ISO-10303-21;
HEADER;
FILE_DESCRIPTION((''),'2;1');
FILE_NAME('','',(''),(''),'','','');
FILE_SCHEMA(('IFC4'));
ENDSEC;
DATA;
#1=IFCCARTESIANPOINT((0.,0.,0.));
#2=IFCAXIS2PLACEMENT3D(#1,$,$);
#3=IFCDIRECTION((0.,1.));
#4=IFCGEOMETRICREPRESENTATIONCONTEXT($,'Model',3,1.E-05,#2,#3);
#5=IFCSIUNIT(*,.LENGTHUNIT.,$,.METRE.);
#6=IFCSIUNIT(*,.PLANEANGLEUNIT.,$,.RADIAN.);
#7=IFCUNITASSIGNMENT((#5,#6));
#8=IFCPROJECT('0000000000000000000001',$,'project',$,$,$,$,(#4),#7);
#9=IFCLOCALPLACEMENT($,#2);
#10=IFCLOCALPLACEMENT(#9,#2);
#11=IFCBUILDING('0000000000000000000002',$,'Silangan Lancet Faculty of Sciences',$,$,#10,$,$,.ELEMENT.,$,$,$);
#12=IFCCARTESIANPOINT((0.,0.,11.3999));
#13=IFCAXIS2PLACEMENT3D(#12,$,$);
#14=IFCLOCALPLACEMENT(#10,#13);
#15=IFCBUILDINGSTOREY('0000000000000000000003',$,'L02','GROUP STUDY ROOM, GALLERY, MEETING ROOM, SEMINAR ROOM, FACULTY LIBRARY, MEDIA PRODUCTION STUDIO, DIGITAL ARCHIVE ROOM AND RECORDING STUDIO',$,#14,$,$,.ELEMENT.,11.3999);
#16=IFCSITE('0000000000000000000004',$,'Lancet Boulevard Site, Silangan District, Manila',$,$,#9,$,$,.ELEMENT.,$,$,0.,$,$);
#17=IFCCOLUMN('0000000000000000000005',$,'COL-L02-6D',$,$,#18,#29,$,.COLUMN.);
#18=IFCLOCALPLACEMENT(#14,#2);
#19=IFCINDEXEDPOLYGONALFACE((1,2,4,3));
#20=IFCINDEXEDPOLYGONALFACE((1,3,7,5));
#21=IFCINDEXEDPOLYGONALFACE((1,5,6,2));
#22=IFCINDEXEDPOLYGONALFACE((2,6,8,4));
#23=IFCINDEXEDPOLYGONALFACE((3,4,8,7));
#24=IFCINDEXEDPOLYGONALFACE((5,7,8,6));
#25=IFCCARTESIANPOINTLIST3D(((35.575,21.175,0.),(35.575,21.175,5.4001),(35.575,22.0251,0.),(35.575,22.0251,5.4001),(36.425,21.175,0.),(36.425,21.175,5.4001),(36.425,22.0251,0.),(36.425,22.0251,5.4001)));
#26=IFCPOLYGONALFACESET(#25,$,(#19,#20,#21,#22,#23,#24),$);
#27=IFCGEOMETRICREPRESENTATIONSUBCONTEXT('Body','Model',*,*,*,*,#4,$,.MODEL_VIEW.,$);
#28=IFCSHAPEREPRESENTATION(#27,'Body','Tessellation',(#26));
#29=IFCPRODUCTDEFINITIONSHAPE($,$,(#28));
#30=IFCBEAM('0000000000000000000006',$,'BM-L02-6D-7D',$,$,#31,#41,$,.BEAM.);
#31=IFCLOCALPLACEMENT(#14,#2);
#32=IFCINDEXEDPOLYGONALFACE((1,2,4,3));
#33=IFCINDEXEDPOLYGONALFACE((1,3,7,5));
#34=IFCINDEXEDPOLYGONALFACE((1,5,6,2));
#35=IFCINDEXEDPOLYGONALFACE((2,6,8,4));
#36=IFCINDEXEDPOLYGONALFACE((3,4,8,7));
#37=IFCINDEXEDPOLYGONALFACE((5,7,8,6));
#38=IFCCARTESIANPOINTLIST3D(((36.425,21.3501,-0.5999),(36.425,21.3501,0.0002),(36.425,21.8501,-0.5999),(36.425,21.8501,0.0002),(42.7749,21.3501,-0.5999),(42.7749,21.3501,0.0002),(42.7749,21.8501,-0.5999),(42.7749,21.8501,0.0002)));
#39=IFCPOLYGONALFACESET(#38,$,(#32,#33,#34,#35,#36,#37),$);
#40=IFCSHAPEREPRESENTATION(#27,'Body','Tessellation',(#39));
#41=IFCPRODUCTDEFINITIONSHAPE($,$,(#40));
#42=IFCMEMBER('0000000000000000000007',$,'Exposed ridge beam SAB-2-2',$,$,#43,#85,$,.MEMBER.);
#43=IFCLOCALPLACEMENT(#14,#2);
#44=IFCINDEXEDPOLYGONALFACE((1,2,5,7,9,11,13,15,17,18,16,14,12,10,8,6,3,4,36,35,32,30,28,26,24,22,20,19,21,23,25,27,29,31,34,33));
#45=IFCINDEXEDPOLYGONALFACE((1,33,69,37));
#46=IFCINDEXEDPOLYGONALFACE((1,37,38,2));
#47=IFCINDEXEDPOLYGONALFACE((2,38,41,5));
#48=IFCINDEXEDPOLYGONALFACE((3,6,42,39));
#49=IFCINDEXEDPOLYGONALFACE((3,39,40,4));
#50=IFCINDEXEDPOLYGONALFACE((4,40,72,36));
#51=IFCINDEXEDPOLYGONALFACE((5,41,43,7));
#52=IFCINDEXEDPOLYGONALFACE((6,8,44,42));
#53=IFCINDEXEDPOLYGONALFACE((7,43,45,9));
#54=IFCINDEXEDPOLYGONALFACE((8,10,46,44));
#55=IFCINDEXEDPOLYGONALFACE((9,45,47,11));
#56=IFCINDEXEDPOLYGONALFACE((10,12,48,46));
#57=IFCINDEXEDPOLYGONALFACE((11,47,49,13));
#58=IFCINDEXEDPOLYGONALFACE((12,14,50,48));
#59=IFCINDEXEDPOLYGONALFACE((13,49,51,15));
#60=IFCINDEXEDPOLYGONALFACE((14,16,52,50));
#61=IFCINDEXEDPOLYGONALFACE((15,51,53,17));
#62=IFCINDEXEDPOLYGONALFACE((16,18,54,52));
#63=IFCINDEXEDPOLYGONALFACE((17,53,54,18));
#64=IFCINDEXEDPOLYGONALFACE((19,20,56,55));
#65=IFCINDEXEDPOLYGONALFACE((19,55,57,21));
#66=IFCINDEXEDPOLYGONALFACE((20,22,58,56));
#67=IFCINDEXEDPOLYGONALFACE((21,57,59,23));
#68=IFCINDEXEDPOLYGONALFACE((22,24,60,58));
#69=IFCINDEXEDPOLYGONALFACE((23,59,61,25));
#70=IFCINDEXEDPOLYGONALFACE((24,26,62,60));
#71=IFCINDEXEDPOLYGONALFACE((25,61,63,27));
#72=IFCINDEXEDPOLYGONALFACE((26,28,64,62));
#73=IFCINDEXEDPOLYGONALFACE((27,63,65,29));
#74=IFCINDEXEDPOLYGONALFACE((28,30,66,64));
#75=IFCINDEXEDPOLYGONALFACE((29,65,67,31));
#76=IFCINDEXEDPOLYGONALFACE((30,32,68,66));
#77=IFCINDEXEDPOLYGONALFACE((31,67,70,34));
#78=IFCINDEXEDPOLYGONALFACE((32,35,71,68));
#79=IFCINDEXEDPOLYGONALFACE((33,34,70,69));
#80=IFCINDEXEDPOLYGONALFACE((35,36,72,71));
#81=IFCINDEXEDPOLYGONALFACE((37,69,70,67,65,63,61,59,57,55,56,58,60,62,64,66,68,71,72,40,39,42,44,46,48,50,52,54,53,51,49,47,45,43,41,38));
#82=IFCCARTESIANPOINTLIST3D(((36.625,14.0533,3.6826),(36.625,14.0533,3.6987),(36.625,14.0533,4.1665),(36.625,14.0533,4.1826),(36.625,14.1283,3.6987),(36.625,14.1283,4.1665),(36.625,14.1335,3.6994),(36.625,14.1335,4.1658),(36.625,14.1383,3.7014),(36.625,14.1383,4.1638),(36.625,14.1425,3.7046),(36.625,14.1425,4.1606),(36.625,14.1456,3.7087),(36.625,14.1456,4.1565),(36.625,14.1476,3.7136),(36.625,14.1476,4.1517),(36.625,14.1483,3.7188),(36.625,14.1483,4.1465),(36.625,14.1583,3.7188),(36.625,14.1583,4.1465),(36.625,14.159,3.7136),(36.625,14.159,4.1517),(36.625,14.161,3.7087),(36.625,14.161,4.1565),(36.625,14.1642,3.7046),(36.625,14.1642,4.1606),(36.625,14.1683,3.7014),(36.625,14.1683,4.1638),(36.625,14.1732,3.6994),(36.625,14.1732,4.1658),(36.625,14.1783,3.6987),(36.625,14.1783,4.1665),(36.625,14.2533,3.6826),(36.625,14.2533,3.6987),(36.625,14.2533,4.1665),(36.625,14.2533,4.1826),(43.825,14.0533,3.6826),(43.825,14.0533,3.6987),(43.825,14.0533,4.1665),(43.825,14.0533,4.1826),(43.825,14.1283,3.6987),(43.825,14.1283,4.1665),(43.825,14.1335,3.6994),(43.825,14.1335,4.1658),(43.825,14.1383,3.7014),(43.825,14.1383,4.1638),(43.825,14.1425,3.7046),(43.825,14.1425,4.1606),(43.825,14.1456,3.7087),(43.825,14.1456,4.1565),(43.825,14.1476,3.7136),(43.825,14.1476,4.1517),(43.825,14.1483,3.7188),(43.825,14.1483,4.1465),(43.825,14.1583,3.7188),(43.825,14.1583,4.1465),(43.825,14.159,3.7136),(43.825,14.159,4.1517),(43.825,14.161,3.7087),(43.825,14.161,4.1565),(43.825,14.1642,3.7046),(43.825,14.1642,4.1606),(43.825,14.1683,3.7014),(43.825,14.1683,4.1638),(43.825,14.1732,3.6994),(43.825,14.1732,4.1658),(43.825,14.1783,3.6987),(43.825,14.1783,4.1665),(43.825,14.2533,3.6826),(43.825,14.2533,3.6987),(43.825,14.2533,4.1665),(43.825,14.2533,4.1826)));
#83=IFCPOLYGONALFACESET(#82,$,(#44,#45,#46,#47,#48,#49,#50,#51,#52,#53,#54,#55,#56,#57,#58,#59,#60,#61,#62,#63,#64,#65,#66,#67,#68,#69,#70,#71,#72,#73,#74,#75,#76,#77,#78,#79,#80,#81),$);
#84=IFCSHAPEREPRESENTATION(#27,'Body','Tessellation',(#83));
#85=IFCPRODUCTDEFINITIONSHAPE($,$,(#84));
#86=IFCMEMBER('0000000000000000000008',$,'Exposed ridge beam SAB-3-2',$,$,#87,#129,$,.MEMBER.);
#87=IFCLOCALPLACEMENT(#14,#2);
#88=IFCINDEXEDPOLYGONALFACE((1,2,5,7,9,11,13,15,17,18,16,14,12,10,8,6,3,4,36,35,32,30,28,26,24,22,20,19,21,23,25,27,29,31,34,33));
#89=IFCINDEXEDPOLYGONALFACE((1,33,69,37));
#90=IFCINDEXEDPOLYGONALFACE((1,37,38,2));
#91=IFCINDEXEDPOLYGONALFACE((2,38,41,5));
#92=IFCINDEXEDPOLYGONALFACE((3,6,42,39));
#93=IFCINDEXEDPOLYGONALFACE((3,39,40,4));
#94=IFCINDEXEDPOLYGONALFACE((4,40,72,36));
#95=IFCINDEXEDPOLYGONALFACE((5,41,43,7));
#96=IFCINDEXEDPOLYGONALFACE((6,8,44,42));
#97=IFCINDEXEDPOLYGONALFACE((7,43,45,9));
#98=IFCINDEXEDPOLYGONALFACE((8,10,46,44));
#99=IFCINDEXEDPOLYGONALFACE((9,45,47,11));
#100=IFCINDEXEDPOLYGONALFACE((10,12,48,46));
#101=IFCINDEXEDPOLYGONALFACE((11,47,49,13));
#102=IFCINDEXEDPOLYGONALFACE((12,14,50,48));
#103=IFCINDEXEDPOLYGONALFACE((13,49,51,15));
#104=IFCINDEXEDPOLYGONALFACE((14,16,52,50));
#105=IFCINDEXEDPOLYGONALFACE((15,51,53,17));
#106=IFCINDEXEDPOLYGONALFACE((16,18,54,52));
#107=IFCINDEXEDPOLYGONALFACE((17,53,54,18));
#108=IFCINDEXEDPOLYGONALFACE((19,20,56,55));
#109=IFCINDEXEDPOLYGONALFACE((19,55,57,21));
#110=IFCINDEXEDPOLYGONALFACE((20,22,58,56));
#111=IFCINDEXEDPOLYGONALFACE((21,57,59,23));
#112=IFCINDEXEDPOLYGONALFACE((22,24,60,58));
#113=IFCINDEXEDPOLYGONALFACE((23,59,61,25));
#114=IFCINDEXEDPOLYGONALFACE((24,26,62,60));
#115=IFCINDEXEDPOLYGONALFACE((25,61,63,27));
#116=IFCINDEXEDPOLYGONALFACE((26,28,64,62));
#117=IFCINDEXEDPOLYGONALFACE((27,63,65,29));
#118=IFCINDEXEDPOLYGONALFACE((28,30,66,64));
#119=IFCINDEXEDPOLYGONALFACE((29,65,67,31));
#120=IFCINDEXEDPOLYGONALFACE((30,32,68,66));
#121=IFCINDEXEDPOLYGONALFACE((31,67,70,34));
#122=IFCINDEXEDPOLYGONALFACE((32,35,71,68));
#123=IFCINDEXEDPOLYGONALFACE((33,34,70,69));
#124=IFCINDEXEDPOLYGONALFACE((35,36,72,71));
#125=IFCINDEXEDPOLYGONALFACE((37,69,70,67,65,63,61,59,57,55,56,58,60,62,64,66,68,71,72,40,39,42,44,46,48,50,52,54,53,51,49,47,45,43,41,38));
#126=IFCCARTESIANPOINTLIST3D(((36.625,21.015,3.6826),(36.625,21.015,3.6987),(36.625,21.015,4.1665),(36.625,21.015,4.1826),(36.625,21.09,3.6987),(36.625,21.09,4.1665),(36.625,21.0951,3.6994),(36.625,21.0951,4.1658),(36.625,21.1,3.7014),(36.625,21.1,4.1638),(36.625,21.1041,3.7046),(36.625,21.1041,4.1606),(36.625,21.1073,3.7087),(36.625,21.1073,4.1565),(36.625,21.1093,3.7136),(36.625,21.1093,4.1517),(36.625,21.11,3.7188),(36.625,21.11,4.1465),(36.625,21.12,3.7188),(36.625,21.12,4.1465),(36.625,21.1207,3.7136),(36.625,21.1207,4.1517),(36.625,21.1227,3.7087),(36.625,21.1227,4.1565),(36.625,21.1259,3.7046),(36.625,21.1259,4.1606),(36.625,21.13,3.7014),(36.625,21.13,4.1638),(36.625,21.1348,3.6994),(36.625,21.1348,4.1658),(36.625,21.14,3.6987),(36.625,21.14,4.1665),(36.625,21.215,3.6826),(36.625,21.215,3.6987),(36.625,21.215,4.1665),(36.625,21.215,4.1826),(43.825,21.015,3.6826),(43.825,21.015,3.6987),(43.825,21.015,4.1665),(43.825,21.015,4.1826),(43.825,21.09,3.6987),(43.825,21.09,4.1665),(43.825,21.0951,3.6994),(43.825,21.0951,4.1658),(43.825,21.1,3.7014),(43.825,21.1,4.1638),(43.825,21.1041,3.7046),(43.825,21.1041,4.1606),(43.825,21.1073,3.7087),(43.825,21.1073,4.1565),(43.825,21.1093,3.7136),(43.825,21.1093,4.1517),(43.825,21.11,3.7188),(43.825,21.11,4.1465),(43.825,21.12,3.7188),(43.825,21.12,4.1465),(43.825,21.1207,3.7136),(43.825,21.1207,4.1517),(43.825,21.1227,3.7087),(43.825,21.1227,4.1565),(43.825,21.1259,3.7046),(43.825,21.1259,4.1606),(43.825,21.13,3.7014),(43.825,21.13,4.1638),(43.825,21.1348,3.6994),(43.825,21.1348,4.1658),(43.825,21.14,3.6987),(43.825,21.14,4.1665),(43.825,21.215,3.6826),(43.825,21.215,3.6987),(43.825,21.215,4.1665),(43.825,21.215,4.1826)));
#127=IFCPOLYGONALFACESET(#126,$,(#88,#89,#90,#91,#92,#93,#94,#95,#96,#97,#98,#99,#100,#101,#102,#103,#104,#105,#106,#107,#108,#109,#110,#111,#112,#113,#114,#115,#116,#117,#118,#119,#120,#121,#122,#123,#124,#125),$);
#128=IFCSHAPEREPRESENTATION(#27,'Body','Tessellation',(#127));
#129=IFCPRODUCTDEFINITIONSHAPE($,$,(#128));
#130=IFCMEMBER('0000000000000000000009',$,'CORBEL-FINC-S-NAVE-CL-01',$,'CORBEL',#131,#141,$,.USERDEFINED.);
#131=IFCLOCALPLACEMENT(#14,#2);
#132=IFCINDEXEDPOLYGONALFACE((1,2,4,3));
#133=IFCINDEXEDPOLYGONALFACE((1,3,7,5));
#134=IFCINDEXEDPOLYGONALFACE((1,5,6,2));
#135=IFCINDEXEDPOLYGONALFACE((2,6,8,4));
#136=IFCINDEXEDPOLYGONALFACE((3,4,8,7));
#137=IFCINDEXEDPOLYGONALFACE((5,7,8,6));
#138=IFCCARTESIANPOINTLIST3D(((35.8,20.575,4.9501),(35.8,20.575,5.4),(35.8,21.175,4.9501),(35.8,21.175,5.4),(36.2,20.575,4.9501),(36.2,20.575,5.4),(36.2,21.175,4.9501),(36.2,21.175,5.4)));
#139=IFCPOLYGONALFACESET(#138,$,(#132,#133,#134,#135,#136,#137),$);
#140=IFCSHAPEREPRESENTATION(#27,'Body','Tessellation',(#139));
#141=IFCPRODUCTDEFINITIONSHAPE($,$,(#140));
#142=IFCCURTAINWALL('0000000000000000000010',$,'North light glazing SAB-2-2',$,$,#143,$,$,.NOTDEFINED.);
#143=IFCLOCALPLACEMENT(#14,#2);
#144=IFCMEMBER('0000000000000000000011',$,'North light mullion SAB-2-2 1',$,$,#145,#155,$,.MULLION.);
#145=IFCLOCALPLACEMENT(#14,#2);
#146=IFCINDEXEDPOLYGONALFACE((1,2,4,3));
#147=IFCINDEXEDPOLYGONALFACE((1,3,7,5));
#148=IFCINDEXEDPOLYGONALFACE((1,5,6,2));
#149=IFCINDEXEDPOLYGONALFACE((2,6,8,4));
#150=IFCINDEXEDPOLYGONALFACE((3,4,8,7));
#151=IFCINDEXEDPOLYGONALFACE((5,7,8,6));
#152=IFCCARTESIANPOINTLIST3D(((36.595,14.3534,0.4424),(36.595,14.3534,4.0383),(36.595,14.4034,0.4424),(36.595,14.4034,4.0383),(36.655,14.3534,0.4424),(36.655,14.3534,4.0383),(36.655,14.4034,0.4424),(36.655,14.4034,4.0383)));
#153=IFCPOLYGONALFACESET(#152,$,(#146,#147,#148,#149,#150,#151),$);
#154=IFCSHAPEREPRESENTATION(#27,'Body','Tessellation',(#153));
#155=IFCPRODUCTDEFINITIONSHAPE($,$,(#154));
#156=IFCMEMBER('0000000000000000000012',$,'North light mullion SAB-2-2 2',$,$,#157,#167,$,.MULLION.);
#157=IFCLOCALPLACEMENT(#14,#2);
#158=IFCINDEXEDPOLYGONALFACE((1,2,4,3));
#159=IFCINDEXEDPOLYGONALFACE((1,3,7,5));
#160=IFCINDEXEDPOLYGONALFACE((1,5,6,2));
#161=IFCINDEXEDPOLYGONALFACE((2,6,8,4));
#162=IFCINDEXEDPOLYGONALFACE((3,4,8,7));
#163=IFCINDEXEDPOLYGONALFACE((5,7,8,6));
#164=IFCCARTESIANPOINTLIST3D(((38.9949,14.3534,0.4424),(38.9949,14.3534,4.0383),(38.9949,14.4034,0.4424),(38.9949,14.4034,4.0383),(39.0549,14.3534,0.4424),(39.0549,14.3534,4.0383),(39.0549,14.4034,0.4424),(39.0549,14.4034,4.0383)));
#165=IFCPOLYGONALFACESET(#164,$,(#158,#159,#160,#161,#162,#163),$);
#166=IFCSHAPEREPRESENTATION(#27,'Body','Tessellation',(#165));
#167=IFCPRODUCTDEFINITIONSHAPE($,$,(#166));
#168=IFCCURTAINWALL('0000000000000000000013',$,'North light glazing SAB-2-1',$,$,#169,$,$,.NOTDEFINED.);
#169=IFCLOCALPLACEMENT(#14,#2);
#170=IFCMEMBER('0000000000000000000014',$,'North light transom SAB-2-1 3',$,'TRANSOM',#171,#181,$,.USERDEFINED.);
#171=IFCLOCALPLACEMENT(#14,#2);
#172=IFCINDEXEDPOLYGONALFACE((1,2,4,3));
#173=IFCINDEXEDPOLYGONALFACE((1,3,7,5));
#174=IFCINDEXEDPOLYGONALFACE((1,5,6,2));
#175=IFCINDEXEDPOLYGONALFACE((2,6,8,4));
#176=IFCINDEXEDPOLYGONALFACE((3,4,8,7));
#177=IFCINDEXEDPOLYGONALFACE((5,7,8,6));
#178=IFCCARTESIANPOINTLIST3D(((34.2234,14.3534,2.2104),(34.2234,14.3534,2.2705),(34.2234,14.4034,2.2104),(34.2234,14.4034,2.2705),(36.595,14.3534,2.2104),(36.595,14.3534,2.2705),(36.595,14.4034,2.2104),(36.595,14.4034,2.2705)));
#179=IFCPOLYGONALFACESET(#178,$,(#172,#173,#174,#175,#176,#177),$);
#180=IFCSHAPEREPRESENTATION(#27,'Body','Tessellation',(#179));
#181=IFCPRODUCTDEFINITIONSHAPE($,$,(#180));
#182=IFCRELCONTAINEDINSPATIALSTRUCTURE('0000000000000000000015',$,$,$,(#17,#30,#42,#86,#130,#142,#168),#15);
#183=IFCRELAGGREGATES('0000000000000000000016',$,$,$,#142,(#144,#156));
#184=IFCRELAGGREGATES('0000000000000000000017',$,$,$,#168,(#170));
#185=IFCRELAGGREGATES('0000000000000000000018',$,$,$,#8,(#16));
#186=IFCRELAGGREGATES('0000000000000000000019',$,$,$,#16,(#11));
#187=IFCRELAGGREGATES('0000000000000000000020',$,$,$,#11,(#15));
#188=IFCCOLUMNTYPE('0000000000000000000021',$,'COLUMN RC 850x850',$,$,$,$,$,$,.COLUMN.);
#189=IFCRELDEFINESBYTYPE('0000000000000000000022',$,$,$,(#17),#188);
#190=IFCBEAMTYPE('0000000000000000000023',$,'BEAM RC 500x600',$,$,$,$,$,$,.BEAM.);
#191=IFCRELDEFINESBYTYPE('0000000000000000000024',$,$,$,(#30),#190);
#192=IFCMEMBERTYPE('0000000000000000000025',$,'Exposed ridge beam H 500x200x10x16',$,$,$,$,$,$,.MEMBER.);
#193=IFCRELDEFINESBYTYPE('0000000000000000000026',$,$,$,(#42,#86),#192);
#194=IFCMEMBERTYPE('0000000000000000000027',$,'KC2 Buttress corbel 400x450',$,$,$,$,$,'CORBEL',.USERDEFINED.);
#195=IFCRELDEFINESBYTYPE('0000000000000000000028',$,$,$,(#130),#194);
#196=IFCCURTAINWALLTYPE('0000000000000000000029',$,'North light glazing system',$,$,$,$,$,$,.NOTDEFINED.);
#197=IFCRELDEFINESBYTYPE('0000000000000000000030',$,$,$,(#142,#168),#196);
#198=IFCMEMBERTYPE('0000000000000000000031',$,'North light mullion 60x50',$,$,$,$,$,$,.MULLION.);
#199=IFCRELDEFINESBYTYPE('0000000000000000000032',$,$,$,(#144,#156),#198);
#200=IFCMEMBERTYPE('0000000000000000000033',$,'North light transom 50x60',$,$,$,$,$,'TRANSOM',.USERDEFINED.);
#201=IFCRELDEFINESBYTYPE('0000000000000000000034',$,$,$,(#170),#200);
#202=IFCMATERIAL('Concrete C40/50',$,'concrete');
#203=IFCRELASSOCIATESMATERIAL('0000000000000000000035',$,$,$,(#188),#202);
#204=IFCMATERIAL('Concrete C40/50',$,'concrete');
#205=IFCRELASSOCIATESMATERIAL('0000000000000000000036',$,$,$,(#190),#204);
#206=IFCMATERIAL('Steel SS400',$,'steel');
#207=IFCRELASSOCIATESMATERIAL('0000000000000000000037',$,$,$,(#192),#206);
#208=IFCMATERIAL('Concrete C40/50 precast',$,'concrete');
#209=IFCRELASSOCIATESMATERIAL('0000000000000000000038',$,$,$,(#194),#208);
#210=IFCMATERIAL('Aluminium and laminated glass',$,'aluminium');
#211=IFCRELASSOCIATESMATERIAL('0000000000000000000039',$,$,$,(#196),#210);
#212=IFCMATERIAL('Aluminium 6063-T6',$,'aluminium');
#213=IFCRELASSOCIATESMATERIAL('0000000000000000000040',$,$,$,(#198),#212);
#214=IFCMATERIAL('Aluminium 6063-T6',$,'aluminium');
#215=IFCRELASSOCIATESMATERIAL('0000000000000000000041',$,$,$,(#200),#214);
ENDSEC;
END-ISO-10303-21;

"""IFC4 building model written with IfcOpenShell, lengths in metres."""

from ifc_helpers import new_model, si_unit, direction, frame, origin, origin_2d, place, context, subcontext, project, spatial, rectangle, i_section, extrude, material, material_profile, profile_set, type_object, element, aggregate, save


model = new_model("IFC4")

# Units and contexts
model_context = context("Model", 3, precision=1e-05, world=origin(), true_north=direction((0.0, 1.0)))
body_context = subcontext(model_context, "Body", "Model", "MODEL_VIEW")
ifc_project = project(units=[si_unit("LENGTHUNIT", "METRE"), si_unit("PLANEANGLEUNIT", "RADIAN")], contexts=[model_context])

# Site, building, storey
site_placement = place(None, origin())
site = spatial("IfcSite", under=ifc_project, at=site_placement, Name="Lancet Boulevard Site, Silangan District, Manila", CompositionType="ELEMENT", RefElevation=0.0)
building_placement = place(site_placement, origin())
building = spatial("IfcBuilding", under=site, at=building_placement, Name="Silangan Lancet Faculty of Sciences", CompositionType="ELEMENT")
storey_placement = place(building_placement, frame((0.0, 0.0, 11.3999)))
storey = spatial("IfcBuildingStorey", under=building, at=storey_placement, Name="L02", Description="GROUP STUDY ROOM, GALLERY, MEETING ROOM, SEMINAR ROOM, FACULTY LIBRARY, MEDIA PRODUCTION STUDIO, DIGITAL ARCHIVE ROOM AND RECORDING STUDIO", CompositionType="ELEMENT", Elevation=11.3999)

# Column
ifc_material_1 = material(Name="Concrete C40/50", Category="concrete")
ifc_material_profile_1 = material_profile(ifc_material_1, rectangle(XDim=0.8501, YDim=0.8501, at=origin_2d()), Name="RC 850x850")
ifc_profile_set_1 = profile_set([ifc_material_profile_1], Name="Concrete C40/50")
column_type = type_object("IfcColumnType", Name="COLUMN RC 850x850", PredefinedType="COLUMN", material=ifc_profile_set_1)
column_placement = place(storey_placement, frame((36.0, 21.6001, 0.0), z_axis=(0.0, 0.0, 1.0), x_axis=(1.0, 0.0, 0.0)))
element("IfcColumn", 1, at=column_placement, inside=storey, type_object=column_type, Name="COL-L02-6D", PredefinedType="COLUMN", context=body_context, shape_type="SweptSolid", body=[
    extrude(rectangle(XDim=0.8501, YDim=0.8501, at=origin_2d()), origin(), (0.0, 0.0, 1.0), 5.4001),
])

# Beam
ifc_material_2 = material(Name="Concrete C40/50", Category="concrete")
ifc_material_profile_2 = material_profile(ifc_material_2, rectangle(XDim=0.5, YDim=0.6001, at=origin_2d()), Name="RC 500x600")
ifc_profile_set_2 = profile_set([ifc_material_profile_2], Name="Concrete C40/50")
beam_type = type_object("IfcBeamType", Name="BEAM RC 500x600", PredefinedType="BEAM", material=ifc_profile_set_2)
beam_placement = place(storey_placement, frame((36.425, 21.6001, -0.2998), z_axis=(1.0, 0.0, 0.0), x_axis=(0.0, 1.0, 0.0)))
element("IfcBeam", 2, at=beam_placement, inside=storey, type_object=beam_type, Name="BM-L02-6D-7D", PredefinedType="BEAM", context=body_context, shape_type="SweptSolid", body=[
    extrude(rectangle(XDim=0.5, YDim=0.6001, at=origin_2d()), origin(), (0.0, 0.0, 1.0), 6.3499),
])

# Members
ifc_material_3 = material(Name="Steel SS400", Category="steel")
ifc_material_profile_3 = material_profile(ifc_material_3, i_section(OverallWidth=0.2, OverallDepth=0.5, WebThickness=0.01, FlangeThickness=0.0161, FilletRadius=0.02, at=origin_2d()), Name="H 500x200x10x16")
ifc_profile_set_3 = profile_set([ifc_material_profile_3], Name="Steel SS400")
member_type_1 = type_object("IfcMemberType", Name="Exposed ridge beam H 500x200x10x16", PredefinedType="MEMBER", material=ifc_profile_set_3)
for number, where, z_axis, x_axis, name in (
    (3, (36.625, 14.1533, 3.9326), (1.0, 0.0, 0.0), (0.0, 1.0, 0.0), "Exposed ridge beam SAB-2-2"),
    (4, (36.625, 21.115, 3.9326), (1.0, 0.0, 0.0), (0.0, 1.0, 0.0), "Exposed ridge beam SAB-3-2"),
):
    element("IfcMember", number, at=place(storey_placement, frame(where, z_axis=z_axis, x_axis=x_axis)), inside=storey, type_object=member_type_1, Name=name, PredefinedType="MEMBER", context=body_context, shape_type="SweptSolid", body=[
        extrude(i_section(OverallWidth=0.2, OverallDepth=0.5, WebThickness=0.01, FlangeThickness=0.0161, FilletRadius=0.02, at=origin_2d()), origin(), (0.0, 0.0, 1.0), 7.2),
    ])
ifc_material_4 = material(Name="Concrete C40/50 precast", Category="concrete")
ifc_material_profile_4 = material_profile(ifc_material_4, rectangle(XDim=0.3999, YDim=0.45, at=origin_2d()), Name="RC 400x450")
ifc_profile_set_4 = profile_set([ifc_material_profile_4], Name="Concrete C40/50 precast")
member_type_2 = type_object("IfcMemberType", Name="KC2 Buttress corbel 400x450", ElementType="CORBEL", PredefinedType="USERDEFINED", material=ifc_profile_set_4)
member_1_placement = place(storey_placement, frame((36.0, 21.175, 5.175), z_axis=(0.0, -1.0, 0.0), x_axis=(1.0, 0.0, 0.0)))
element("IfcMember", 5, at=member_1_placement, inside=storey, type_object=member_type_2, Name="CORBEL-FINC-S-NAVE-CL-01", ObjectType="CORBEL", PredefinedType="USERDEFINED", context=body_context, shape_type="SweptSolid", body=[
    extrude(rectangle(XDim=0.3999, YDim=0.45, at=origin_2d()), origin(), (0.0, 0.0, 1.0), 0.6001),
])

# Curtain wall, members
ifc_material_5 = material(Name="Aluminium and laminated glass", Category="aluminium")
curtain_wall_type = type_object("IfcCurtainWallType", Name="North light glazing system", PredefinedType="NOTDEFINED", material=ifc_material_5)
curtain_wall_1_placement = place(storey_placement, origin())
curtain_wall_1 = element("IfcCurtainWall", 6, at=curtain_wall_1_placement, inside=storey, type_object=curtain_wall_type, Name="North light glazing SAB-2-2", PredefinedType="NOTDEFINED")
ifc_material_6 = material(Name="Aluminium 6063-T6", Category="aluminium")
ifc_material_profile_5 = material_profile(ifc_material_6, rectangle(XDim=0.0601, YDim=0.05, at=origin_2d()), Name="AL 60x50")
ifc_profile_set_5 = profile_set([ifc_material_profile_5], Name="Aluminium 6063-T6")
member_type_3 = type_object("IfcMemberType", Name="North light mullion 60x50", PredefinedType="MULLION", material=ifc_profile_set_5)
member_2_placement = place(storey_placement, frame((36.625, 14.3784, 0.4424), z_axis=(0.0, 0.0, 1.0), x_axis=(1.0, 0.0, 0.0)))
member_2 = element("IfcMember", 7, at=member_2_placement, type_object=member_type_3, Name="North light mullion SAB-2-2 1", PredefinedType="MULLION", context=body_context, shape_type="SweptSolid", body=[
    extrude(rectangle(XDim=0.0601, YDim=0.05, at=origin_2d()), origin(), (0.0, 0.0, 1.0), 3.5959),
])
member_3_placement = place(storey_placement, frame((39.0249, 14.3784, 0.4424), z_axis=(0.0, 0.0, 1.0), x_axis=(1.0, 0.0, 0.0)))
member_3 = element("IfcMember", 8, at=member_3_placement, type_object=member_type_3, Name="North light mullion SAB-2-2 2", PredefinedType="MULLION", context=body_context, shape_type="SweptSolid", body=[
    extrude(rectangle(XDim=0.0601, YDim=0.05, at=origin_2d()), origin(), (0.0, 0.0, 1.0), 3.5959),
])

# Curtain wall, member
curtain_wall_2_placement = place(storey_placement, origin())
curtain_wall_2 = element("IfcCurtainWall", 9, at=curtain_wall_2_placement, inside=storey, type_object=curtain_wall_type, Name="North light glazing SAB-2-1", PredefinedType="NOTDEFINED")
ifc_material_7 = material(Name="Aluminium 6063-T6", Category="aluminium")
ifc_material_profile_6 = material_profile(ifc_material_7, rectangle(XDim=0.05, YDim=0.0601, at=origin_2d()), Name="AL 50x60")
ifc_profile_set_6 = profile_set([ifc_material_profile_6], Name="Aluminium 6063-T6")
member_type_4 = type_object("IfcMemberType", Name="North light transom 50x60", ElementType="TRANSOM", PredefinedType="USERDEFINED", material=ifc_profile_set_6)
member_4_placement = place(storey_placement, frame((34.2234, 14.3784, 2.2405), z_axis=(1.0, 0.0, 0.0), x_axis=(0.0, 1.0, 0.0)))
member_4 = element("IfcMember", 10, at=member_4_placement, type_object=member_type_4, Name="North light transom SAB-2-1 3", ObjectType="TRANSOM", PredefinedType="USERDEFINED", context=body_context, shape_type="SweptSolid", body=[
    extrude(rectangle(XDim=0.05, YDim=0.0601, at=origin_2d()), origin(), (0.0, 0.0, 1.0), 2.3716),
])

aggregate(curtain_wall_1, [member_2, member_3])
aggregate(curtain_wall_2, [member_4])

save(model, "model.ifc")
